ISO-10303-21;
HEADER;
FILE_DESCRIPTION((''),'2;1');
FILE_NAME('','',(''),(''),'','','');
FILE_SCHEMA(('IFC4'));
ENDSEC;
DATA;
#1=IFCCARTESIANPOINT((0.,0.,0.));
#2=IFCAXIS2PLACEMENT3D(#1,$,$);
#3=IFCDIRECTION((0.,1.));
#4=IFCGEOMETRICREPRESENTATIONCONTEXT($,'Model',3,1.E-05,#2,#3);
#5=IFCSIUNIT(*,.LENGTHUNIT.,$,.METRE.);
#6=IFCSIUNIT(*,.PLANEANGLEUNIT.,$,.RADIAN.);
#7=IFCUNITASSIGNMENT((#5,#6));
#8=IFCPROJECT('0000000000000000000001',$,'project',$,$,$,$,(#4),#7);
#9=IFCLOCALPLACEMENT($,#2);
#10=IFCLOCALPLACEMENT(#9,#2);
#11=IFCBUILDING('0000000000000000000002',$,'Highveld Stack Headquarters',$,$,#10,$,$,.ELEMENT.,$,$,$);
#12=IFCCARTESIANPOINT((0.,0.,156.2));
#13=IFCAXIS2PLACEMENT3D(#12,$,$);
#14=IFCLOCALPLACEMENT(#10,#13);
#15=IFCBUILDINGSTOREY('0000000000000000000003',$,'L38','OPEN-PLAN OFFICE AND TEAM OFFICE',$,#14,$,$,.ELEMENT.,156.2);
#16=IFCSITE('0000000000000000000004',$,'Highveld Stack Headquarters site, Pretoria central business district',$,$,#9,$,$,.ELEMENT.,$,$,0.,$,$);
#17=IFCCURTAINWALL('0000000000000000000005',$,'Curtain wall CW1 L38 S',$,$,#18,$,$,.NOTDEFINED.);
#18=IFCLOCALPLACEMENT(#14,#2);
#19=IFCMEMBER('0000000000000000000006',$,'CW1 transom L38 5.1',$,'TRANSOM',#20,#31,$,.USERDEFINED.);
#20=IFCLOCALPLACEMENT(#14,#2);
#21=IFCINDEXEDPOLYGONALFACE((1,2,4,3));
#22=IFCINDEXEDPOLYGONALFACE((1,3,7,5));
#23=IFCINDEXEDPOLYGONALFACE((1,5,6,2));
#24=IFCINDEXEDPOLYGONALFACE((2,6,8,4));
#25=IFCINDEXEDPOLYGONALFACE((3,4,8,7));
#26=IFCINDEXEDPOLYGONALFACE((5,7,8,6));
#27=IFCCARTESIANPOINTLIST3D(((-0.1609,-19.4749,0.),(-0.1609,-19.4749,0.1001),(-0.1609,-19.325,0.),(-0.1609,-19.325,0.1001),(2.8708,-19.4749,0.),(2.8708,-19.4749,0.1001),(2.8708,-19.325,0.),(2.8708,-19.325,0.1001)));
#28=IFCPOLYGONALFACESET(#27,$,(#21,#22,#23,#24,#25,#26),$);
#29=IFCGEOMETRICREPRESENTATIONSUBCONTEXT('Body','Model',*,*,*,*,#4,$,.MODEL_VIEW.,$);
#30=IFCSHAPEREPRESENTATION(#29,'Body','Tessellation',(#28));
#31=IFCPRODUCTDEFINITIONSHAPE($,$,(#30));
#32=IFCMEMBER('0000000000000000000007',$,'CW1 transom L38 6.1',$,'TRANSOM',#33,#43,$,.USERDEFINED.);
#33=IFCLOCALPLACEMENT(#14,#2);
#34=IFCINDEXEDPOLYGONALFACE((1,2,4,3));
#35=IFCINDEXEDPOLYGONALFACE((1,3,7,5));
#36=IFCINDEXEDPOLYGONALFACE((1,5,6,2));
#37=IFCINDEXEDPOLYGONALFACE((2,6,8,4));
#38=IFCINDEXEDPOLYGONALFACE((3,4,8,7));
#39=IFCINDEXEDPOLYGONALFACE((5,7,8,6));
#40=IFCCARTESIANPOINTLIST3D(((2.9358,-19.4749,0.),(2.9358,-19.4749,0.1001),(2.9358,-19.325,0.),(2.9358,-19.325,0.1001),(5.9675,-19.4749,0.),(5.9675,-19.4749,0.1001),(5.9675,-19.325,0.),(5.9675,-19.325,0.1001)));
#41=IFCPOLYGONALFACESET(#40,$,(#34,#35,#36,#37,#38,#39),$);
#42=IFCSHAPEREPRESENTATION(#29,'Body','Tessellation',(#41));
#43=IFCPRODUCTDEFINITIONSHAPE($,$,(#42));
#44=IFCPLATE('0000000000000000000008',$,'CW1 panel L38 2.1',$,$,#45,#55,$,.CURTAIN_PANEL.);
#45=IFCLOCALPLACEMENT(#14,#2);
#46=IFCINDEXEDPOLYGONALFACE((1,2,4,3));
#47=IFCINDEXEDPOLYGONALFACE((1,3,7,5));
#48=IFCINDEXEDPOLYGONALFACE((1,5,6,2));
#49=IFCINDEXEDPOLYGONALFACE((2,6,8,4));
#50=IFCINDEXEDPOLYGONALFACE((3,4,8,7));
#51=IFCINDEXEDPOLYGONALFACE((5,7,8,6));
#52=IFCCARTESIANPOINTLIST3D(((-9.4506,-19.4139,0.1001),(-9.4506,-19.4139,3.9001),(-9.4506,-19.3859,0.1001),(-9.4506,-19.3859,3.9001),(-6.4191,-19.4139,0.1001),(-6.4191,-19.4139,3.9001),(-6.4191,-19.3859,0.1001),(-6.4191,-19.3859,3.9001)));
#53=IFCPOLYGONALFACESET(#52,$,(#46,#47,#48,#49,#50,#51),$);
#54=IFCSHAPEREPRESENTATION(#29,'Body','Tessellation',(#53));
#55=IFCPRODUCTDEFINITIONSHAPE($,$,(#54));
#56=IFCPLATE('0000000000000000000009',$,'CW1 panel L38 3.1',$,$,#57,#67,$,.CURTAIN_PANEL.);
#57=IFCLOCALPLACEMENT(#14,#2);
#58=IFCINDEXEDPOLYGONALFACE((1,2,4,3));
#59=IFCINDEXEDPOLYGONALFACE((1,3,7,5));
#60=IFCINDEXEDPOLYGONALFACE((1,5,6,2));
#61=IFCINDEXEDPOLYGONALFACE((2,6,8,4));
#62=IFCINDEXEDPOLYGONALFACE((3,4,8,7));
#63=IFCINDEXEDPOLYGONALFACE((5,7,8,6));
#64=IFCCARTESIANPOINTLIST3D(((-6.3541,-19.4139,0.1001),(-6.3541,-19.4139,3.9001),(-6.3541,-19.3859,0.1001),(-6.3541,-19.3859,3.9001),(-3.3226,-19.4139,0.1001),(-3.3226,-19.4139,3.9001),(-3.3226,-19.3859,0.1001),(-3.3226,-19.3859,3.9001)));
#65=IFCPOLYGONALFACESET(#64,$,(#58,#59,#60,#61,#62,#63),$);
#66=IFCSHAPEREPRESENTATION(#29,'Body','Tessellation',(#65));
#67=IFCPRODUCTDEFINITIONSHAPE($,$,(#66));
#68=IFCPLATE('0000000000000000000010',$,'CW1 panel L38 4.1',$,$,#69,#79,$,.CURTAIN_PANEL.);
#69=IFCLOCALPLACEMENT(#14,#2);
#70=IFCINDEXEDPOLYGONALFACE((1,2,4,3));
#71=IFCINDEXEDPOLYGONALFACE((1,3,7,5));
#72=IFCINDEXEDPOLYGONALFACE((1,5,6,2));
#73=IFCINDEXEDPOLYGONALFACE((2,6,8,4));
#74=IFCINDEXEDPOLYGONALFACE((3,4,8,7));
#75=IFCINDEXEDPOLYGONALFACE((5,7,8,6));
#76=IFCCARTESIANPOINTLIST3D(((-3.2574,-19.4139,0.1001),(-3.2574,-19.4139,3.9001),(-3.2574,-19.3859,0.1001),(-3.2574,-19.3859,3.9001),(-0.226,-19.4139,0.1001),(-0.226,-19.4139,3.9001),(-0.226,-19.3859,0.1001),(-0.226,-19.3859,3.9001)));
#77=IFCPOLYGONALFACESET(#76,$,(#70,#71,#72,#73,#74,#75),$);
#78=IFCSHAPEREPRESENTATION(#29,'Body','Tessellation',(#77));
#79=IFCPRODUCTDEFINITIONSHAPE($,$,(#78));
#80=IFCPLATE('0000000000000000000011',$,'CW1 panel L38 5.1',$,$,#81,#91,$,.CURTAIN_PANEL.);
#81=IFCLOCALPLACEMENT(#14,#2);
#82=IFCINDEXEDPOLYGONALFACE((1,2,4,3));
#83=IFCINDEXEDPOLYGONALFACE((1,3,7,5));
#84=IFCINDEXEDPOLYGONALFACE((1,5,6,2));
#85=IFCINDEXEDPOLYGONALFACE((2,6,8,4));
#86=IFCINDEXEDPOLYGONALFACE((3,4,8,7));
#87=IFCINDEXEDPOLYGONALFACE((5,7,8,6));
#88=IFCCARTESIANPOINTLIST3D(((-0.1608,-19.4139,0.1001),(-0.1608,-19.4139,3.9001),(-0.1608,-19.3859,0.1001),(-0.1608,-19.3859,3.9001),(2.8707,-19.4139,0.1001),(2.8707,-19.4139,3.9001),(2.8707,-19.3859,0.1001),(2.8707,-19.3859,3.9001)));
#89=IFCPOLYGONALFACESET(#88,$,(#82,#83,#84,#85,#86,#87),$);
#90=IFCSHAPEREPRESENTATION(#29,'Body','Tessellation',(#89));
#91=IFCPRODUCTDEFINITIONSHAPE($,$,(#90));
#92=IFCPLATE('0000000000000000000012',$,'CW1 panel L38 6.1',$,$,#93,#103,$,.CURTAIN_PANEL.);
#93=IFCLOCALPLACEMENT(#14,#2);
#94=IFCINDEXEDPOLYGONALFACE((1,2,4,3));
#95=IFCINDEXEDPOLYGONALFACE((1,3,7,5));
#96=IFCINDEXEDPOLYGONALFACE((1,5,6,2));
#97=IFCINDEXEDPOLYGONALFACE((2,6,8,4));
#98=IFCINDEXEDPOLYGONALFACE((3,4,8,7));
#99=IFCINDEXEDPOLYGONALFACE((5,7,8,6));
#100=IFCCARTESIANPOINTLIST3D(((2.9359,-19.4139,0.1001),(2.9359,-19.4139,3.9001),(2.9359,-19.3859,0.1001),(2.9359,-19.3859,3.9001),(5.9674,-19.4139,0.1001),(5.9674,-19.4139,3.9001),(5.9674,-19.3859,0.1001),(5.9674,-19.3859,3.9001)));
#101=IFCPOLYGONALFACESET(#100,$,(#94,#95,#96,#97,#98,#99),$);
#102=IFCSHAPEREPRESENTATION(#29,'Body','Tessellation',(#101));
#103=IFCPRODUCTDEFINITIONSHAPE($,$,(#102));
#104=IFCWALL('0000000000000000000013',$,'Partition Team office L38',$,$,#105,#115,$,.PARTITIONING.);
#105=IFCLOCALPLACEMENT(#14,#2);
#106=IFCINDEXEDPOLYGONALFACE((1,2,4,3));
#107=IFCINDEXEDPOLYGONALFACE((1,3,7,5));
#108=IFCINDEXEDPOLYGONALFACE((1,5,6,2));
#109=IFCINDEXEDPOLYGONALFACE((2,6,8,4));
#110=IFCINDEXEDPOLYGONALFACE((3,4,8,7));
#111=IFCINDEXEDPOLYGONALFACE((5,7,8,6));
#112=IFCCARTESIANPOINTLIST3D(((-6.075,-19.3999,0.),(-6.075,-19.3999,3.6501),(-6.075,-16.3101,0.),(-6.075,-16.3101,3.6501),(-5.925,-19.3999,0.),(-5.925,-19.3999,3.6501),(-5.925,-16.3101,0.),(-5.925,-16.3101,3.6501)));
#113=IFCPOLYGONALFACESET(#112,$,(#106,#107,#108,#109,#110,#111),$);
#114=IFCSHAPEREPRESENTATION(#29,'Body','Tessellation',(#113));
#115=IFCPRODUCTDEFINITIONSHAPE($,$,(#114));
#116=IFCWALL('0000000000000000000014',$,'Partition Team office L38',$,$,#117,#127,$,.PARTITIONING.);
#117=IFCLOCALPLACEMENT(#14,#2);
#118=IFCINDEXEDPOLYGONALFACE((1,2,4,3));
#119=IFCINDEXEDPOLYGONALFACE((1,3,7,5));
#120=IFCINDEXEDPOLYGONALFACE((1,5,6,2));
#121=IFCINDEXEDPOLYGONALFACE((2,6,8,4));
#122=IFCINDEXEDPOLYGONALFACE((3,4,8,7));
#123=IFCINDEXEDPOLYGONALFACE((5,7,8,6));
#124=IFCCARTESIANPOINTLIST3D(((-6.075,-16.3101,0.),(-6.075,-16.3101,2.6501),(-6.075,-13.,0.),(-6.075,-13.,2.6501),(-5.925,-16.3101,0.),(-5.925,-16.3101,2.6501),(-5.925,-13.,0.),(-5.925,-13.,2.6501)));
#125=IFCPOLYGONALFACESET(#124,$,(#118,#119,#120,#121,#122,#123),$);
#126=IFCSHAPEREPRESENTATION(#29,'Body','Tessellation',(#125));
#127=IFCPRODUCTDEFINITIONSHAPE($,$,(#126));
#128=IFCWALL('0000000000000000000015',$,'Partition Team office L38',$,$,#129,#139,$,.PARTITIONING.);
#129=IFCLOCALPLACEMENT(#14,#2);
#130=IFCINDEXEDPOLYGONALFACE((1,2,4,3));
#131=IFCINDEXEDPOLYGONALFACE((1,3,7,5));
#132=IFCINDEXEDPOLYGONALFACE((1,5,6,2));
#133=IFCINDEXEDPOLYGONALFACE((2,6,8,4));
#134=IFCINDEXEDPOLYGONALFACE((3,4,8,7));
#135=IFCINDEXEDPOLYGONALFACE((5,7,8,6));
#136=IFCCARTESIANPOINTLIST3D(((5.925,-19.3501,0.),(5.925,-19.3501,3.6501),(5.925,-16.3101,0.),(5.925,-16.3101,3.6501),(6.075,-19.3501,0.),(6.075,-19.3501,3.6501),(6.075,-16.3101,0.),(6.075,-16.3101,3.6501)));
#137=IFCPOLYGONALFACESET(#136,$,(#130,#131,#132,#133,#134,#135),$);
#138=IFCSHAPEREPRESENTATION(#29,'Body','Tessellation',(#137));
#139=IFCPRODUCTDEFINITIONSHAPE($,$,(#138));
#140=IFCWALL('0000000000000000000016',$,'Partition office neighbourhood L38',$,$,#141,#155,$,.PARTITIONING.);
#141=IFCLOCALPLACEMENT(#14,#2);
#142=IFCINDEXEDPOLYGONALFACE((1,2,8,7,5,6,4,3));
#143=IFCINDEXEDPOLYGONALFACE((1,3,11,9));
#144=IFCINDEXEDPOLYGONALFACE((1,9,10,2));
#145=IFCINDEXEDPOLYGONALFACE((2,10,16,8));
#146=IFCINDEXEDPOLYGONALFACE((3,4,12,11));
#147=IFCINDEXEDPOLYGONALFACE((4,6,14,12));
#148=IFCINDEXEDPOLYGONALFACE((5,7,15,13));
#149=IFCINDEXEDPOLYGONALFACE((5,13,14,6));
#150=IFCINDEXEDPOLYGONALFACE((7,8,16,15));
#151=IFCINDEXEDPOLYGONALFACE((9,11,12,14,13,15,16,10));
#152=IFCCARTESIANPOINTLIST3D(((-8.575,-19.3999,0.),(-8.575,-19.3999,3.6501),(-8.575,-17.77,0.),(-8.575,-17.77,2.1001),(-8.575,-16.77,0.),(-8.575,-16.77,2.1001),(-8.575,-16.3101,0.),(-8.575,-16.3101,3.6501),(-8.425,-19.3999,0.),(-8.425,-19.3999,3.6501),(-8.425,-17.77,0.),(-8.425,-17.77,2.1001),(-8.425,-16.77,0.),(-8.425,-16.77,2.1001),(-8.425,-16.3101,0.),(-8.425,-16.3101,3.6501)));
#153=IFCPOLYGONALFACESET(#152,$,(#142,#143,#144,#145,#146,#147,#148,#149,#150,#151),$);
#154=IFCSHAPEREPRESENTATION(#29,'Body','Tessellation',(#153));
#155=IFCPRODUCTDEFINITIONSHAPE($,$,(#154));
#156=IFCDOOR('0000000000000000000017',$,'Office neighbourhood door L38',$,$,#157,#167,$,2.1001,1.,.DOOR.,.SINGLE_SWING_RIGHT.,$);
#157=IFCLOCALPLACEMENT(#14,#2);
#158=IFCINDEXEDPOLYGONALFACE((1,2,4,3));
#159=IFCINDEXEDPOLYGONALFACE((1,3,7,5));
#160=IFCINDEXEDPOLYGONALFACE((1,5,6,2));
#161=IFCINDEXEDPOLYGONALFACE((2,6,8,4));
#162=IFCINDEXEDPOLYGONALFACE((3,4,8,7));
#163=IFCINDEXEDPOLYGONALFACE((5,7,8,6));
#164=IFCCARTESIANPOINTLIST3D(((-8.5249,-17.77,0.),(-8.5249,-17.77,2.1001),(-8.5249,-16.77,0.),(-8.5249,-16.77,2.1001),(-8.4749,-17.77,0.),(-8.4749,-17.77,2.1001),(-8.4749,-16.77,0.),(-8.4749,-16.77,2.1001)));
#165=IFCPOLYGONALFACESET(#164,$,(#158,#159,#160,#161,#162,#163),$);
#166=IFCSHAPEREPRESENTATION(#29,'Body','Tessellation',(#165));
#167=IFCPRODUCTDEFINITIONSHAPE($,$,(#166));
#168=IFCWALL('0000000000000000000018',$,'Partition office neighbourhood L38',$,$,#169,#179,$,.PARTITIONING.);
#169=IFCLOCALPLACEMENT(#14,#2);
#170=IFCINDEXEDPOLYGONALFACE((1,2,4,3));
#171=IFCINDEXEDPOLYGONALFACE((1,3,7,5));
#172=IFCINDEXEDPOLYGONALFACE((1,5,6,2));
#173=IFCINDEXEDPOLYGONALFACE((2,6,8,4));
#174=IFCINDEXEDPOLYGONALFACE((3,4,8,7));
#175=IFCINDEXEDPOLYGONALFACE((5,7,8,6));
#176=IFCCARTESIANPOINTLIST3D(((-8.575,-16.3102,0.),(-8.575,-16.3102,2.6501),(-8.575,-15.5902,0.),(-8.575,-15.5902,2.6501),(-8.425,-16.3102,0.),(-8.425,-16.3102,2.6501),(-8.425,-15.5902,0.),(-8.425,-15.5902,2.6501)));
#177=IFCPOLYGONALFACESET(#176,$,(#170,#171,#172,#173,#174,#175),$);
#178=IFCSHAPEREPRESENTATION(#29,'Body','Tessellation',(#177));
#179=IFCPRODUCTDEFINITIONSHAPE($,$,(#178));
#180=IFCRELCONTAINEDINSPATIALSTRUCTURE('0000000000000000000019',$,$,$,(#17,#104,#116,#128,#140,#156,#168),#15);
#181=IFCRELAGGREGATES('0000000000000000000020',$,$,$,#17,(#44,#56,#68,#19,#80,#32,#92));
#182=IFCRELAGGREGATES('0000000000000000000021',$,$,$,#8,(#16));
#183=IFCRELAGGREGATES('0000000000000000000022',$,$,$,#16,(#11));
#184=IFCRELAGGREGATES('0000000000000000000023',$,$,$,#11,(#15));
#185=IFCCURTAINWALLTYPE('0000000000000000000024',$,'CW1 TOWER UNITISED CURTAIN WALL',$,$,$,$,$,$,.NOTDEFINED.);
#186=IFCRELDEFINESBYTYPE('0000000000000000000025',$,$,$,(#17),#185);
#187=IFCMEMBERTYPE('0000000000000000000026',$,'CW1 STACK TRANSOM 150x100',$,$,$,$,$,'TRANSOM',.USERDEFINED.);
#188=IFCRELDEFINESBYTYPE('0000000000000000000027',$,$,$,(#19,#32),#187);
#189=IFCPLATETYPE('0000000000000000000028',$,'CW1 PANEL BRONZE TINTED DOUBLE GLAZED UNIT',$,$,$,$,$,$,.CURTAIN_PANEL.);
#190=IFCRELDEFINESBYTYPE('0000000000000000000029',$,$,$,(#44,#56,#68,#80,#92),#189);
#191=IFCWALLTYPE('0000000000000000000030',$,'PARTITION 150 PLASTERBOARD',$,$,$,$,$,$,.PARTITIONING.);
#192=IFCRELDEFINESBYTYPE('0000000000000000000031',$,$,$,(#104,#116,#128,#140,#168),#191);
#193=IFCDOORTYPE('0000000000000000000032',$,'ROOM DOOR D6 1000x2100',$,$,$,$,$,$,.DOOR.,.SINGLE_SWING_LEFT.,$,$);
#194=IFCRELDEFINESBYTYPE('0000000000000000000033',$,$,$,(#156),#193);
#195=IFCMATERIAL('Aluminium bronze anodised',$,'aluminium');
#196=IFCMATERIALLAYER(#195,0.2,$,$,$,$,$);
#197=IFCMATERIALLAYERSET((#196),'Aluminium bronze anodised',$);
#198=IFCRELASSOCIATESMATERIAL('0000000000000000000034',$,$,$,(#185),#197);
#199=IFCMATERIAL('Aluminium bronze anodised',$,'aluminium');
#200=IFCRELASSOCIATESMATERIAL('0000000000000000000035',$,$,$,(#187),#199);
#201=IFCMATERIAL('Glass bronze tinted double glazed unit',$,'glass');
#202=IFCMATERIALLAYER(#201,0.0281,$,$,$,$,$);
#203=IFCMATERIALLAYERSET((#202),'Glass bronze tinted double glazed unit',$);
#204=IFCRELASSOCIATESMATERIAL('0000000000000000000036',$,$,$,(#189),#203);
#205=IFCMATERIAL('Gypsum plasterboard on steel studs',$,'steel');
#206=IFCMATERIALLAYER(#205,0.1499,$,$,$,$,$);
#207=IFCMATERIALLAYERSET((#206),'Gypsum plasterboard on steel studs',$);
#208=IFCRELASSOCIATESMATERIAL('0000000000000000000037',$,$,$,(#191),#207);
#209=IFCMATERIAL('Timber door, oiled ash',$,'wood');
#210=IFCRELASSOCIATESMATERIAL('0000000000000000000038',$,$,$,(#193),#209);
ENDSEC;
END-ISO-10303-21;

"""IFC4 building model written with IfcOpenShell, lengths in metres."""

from ifc_helpers import new_model, si_unit, direction, frame, frame_2d, origin, origin_2d, place, context, subcontext, project, spatial, rectangle, extrude, material, layer, layer_set, material_profile, profile_set, type_object, element, fill, aggregate, save


model = new_model("IFC4")

# Units and contexts
model_context = context("Model", 3, precision=1e-05, world=origin(), true_north=direction((0.0, 1.0)))
body_context = subcontext(model_context, "Body", "Model", "MODEL_VIEW")
ifc_project = project(units=[si_unit("LENGTHUNIT", "METRE"), si_unit("PLANEANGLEUNIT", "RADIAN")], contexts=[model_context])

# Site, building, storey
site_placement = place(None, origin())
site = spatial("IfcSite", under=ifc_project, at=site_placement, Name="Highveld Stack Headquarters site, Pretoria central business district", CompositionType="ELEMENT", RefElevation=0.0)
building_placement = place(site_placement, origin())
building = spatial("IfcBuilding", under=site, at=building_placement, Name="Highveld Stack Headquarters", CompositionType="ELEMENT")
storey_placement = place(building_placement, frame((0.0, 0.0, 156.2)))
storey = spatial("IfcBuildingStorey", under=building, at=storey_placement, Name="L38", Description="OPEN-PLAN OFFICE AND TEAM OFFICE", CompositionType="ELEMENT", Elevation=156.2)

# Curtain wall, members, plates
ifc_material_1 = material(Name="Aluminium bronze anodised", Category="aluminium")
ifc_layer_1 = layer(ifc_material_1, 0.2)
ifc_layer_set_1 = layer_set([ifc_layer_1], Name="Aluminium bronze anodised")
curtain_wall_type = type_object("IfcCurtainWallType", Name="CW1 TOWER UNITISED CURTAIN WALL", PredefinedType="NOTDEFINED", material=ifc_layer_set_1)
curtain_wall_placement = place(storey_placement, origin())
curtain_wall = element("IfcCurtainWall", 1, at=curtain_wall_placement, inside=storey, type_object=curtain_wall_type, Name="Curtain wall CW1 L38 S", PredefinedType="NOTDEFINED")
ifc_material_2 = material(Name="Aluminium bronze anodised", Category="aluminium")
ifc_material_profile_1 = material_profile(ifc_material_2, rectangle(XDim=0.1499, YDim=0.1001, at=origin_2d()), Name="CW1 TRANSOM 150x100")
ifc_profile_set_1 = profile_set([ifc_material_profile_1], Name="Aluminium bronze anodised")
member_type_1 = type_object("IfcMemberType", Name="CW1 STACK TRANSOM 150x100", ElementType="TRANSOM", PredefinedType="USERDEFINED", material=ifc_profile_set_1)
member_1_placement = place(storey_placement, frame((-0.1609, -19.3999, 0.05), z_axis=(1.0, 0.0, 0.0), x_axis=(0.0, 1.0, 0.0)))
member_1 = element("IfcMember", 2, at=member_1_placement, type_object=member_type_1, Name="CW1 transom L38 5.1", ObjectType="TRANSOM", PredefinedType="USERDEFINED", context=body_context, shape_type="SweptSolid", body=[
    extrude(rectangle(XDim=0.1499, YDim=0.1001, at=origin_2d()), origin(), (0.0, 0.0, 1.0), 3.0317),
])
member_2_placement = place(storey_placement, frame((2.9358, -19.3999, 0.05), z_axis=(1.0, 0.0, 0.0), x_axis=(0.0, 1.0, 0.0)))
member_2 = element("IfcMember", 3, at=member_2_placement, type_object=member_type_1, Name="CW1 transom L38 6.1", ObjectType="TRANSOM", PredefinedType="USERDEFINED", context=body_context, shape_type="SweptSolid", body=[
    extrude(rectangle(XDim=0.1499, YDim=0.1001, at=origin_2d()), origin(), (0.0, 0.0, 1.0), 3.0317),
])
ifc_material_3 = material(Name="Glass bronze tinted double glazed unit", Category="glass")
ifc_layer_2 = layer(ifc_material_3, 0.0281)
ifc_layer_set_2 = layer_set([ifc_layer_2], Name="Glass bronze tinted double glazed unit")
plate_type = type_object("IfcPlateType", Name="CW1 PANEL BRONZE TINTED DOUBLE GLAZED UNIT", PredefinedType="CURTAIN_PANEL", material=ifc_layer_set_2)
plate_1_placement = place(storey_placement, frame((-7.9348, -19.3999, 0.1001), z_axis=(0.0, 0.0, 1.0), x_axis=(1.0, 0.0, 0.0)))
plate_1 = element("IfcPlate", 4, at=plate_1_placement, type_object=plate_type, Name="CW1 panel L38 2.1", PredefinedType="CURTAIN_PANEL", context=body_context, shape_type="SweptSolid", body=[
    extrude(rectangle(XDim=3.0315, YDim=0.0281, at=origin_2d()), origin(), (0.0, 0.0, 1.0), 3.8),
])
plate_2_placement = place(storey_placement, frame((-4.8384, -19.3999, 0.1001), z_axis=(0.0, 0.0, 1.0), x_axis=(1.0, 0.0, 0.0)))
plate_2 = element("IfcPlate", 5, at=plate_2_placement, type_object=plate_type, Name="CW1 panel L38 3.1", PredefinedType="CURTAIN_PANEL", context=body_context, shape_type="SweptSolid", body=[
    extrude(rectangle(XDim=3.0315, YDim=0.0281, at=origin_2d()), origin(), (0.0, 0.0, 1.0), 3.8),
])
plate_3_placement = place(storey_placement, frame((-1.7417, -19.3999, 0.1001), z_axis=(0.0, 0.0, 1.0), x_axis=(1.0, 0.0, 0.0)))
plate_3 = element("IfcPlate", 6, at=plate_3_placement, type_object=plate_type, Name="CW1 panel L38 4.1", PredefinedType="CURTAIN_PANEL", context=body_context, shape_type="SweptSolid", body=[
    extrude(rectangle(XDim=3.0315, YDim=0.0281, at=origin_2d()), origin(), (0.0, 0.0, 1.0), 3.8),
])
plate_4_placement = place(storey_placement, frame((1.355, -19.3999, 0.1001), z_axis=(0.0, 0.0, 1.0), x_axis=(1.0, 0.0, 0.0)))
plate_4 = element("IfcPlate", 7, at=plate_4_placement, type_object=plate_type, Name="CW1 panel L38 5.1", PredefinedType="CURTAIN_PANEL", context=body_context, shape_type="SweptSolid", body=[
    extrude(rectangle(XDim=3.0315, YDim=0.0281, at=origin_2d()), origin(), (0.0, 0.0, 1.0), 3.8),
])
plate_5_placement = place(storey_placement, frame((4.4517, -19.3999, 0.1001), z_axis=(0.0, 0.0, 1.0), x_axis=(1.0, 0.0, 0.0)))
plate_5 = element("IfcPlate", 8, at=plate_5_placement, type_object=plate_type, Name="CW1 panel L38 6.1", PredefinedType="CURTAIN_PANEL", context=body_context, shape_type="SweptSolid", body=[
    extrude(rectangle(XDim=3.0315, YDim=0.0281, at=origin_2d()), origin(), (0.0, 0.0, 1.0), 3.8),
])
aggregate(curtain_wall, [plate_1, plate_2, plate_3, member_1, plate_4, member_2, plate_5])

# Walls
ifc_material_4 = material(Name="Gypsum plasterboard on steel studs", Category="steel")
ifc_layer_3 = layer(ifc_material_4, 0.1499)
ifc_layer_set_3 = layer_set([ifc_layer_3], Name="Gypsum plasterboard on steel studs")
wall_type = type_object("IfcWallType", Name="PARTITION 150 PLASTERBOARD", PredefinedType="PARTITIONING", material=ifc_layer_set_3)
wall_1_placement = place(storey_placement, frame((-6.0, -19.3999, 0.0), z_axis=(0.0, 0.0, 1.0), x_axis=(0.0, 1.0, 0.0)))
element("IfcWall", 9, at=wall_1_placement, inside=storey, type_object=wall_type, Name="Partition Team office L38", PredefinedType="PARTITIONING", context=body_context, shape_type="SweptSolid", body=[
    extrude(rectangle(XDim=3.0898, YDim=0.1499, at=frame_2d((1.5449, 0.0))), origin(), (0.0, 0.0, 1.0), 3.6501),
])
wall_2_placement = place(storey_placement, frame((-6.0, -16.3101, 0.0), z_axis=(0.0, 0.0, 1.0), x_axis=(0.0, 1.0, 0.0)))
element("IfcWall", 10, at=wall_2_placement, inside=storey, type_object=wall_type, Name="Partition Team office L38", PredefinedType="PARTITIONING", context=body_context, shape_type="SweptSolid", body=[
    extrude(rectangle(XDim=3.3101, YDim=0.1499, at=frame_2d((1.655, 0.0))), origin(), (0.0, 0.0, 1.0), 2.6501),
])
wall_3_placement = place(storey_placement, frame((6.0, -19.3501, 0.0), z_axis=(0.0, 0.0, 1.0), x_axis=(0.0, 1.0, 0.0)))
element("IfcWall", 11, at=wall_3_placement, inside=storey, type_object=wall_type, Name="Partition Team office L38", PredefinedType="PARTITIONING", context=body_context, shape_type="SweptSolid", body=[
    extrude(rectangle(XDim=3.04, YDim=0.1499, at=frame_2d((1.52, 0.0))), origin(), (0.0, 0.0, 1.0), 3.6501),
])

# Wall, opening, door
wall_4_placement = place(storey_placement, frame((-8.5, -19.3999, 0.0), z_axis=(0.0, 0.0, 1.0), x_axis=(0.0, 1.0, 0.0)))
wall_4 = element("IfcWall", 12, at=wall_4_placement, inside=storey, type_object=wall_type, Name="Partition office neighbourhood L38", PredefinedType="PARTITIONING", context=body_context, shape_type="SweptSolid", body=[
    extrude(rectangle(XDim=3.0898, YDim=0.1499, at=frame_2d((1.5449, 0.0))), origin(), (0.0, 0.0, 1.0), 3.6501),
])
opening_placement = place(wall_4_placement, frame((1.6299, 0.0, 0.0)))
opening = element("IfcOpeningElement", 13, at=opening_placement, cuts=wall_4, PredefinedType="OPENING", context=body_context, shape_type="SweptSolid", body=[
    extrude(rectangle(XDim=1.0, YDim=2.1001, at=frame_2d((0.5, 1.05))), frame((0.0, 0.085, 0.0), z_axis=(0.0, -1.0, 0.0), x_axis=(1.0, 0.0, 0.0)), (0.0, 0.0, 1.0), 0.1699),
])
ifc_material_5 = material(Name="Timber door, oiled ash", Category="wood")
door_type = type_object("IfcDoorType", Name="ROOM DOOR D6 1000x2100", OperationType="SINGLE_SWING_LEFT", PredefinedType="DOOR", material=ifc_material_5)
door_placement = place(opening_placement, origin())
door = element("IfcDoor", 14, at=door_placement, inside=storey, type_object=door_type, Name="Office neighbourhood door L38", OperationType="SINGLE_SWING_RIGHT", OverallHeight=2.1001, OverallWidth=1.0, PredefinedType="DOOR", context=body_context, shape_type="SweptSolid", body=[
    extrude(rectangle(XDim=1.0, YDim=2.1001, at=frame_2d((0.5, 1.05))), frame((0.0, 0.0249, 0.0), z_axis=(0.0, -1.0, 0.0), x_axis=(1.0, 0.0, 0.0)), (0.0, 0.0, 1.0), 0.05),
])
fill(opening, door)

# Wall
wall_5_placement = place(storey_placement, frame((-8.5, -16.3101, 0.0), z_axis=(0.0, 0.0, 1.0), x_axis=(0.0, 1.0, 0.0)))
element("IfcWall", 15, at=wall_5_placement, inside=storey, type_object=wall_type, Name="Partition office neighbourhood L38", PredefinedType="PARTITIONING", context=body_context, shape_type="SweptSolid", body=[
    extrude(rectangle(XDim=0.72, YDim=0.1499, at=frame_2d((0.3599, 0.0))), origin(), (0.0, 0.0, 1.0), 2.6501),
])

save(model, "model.ifc")
